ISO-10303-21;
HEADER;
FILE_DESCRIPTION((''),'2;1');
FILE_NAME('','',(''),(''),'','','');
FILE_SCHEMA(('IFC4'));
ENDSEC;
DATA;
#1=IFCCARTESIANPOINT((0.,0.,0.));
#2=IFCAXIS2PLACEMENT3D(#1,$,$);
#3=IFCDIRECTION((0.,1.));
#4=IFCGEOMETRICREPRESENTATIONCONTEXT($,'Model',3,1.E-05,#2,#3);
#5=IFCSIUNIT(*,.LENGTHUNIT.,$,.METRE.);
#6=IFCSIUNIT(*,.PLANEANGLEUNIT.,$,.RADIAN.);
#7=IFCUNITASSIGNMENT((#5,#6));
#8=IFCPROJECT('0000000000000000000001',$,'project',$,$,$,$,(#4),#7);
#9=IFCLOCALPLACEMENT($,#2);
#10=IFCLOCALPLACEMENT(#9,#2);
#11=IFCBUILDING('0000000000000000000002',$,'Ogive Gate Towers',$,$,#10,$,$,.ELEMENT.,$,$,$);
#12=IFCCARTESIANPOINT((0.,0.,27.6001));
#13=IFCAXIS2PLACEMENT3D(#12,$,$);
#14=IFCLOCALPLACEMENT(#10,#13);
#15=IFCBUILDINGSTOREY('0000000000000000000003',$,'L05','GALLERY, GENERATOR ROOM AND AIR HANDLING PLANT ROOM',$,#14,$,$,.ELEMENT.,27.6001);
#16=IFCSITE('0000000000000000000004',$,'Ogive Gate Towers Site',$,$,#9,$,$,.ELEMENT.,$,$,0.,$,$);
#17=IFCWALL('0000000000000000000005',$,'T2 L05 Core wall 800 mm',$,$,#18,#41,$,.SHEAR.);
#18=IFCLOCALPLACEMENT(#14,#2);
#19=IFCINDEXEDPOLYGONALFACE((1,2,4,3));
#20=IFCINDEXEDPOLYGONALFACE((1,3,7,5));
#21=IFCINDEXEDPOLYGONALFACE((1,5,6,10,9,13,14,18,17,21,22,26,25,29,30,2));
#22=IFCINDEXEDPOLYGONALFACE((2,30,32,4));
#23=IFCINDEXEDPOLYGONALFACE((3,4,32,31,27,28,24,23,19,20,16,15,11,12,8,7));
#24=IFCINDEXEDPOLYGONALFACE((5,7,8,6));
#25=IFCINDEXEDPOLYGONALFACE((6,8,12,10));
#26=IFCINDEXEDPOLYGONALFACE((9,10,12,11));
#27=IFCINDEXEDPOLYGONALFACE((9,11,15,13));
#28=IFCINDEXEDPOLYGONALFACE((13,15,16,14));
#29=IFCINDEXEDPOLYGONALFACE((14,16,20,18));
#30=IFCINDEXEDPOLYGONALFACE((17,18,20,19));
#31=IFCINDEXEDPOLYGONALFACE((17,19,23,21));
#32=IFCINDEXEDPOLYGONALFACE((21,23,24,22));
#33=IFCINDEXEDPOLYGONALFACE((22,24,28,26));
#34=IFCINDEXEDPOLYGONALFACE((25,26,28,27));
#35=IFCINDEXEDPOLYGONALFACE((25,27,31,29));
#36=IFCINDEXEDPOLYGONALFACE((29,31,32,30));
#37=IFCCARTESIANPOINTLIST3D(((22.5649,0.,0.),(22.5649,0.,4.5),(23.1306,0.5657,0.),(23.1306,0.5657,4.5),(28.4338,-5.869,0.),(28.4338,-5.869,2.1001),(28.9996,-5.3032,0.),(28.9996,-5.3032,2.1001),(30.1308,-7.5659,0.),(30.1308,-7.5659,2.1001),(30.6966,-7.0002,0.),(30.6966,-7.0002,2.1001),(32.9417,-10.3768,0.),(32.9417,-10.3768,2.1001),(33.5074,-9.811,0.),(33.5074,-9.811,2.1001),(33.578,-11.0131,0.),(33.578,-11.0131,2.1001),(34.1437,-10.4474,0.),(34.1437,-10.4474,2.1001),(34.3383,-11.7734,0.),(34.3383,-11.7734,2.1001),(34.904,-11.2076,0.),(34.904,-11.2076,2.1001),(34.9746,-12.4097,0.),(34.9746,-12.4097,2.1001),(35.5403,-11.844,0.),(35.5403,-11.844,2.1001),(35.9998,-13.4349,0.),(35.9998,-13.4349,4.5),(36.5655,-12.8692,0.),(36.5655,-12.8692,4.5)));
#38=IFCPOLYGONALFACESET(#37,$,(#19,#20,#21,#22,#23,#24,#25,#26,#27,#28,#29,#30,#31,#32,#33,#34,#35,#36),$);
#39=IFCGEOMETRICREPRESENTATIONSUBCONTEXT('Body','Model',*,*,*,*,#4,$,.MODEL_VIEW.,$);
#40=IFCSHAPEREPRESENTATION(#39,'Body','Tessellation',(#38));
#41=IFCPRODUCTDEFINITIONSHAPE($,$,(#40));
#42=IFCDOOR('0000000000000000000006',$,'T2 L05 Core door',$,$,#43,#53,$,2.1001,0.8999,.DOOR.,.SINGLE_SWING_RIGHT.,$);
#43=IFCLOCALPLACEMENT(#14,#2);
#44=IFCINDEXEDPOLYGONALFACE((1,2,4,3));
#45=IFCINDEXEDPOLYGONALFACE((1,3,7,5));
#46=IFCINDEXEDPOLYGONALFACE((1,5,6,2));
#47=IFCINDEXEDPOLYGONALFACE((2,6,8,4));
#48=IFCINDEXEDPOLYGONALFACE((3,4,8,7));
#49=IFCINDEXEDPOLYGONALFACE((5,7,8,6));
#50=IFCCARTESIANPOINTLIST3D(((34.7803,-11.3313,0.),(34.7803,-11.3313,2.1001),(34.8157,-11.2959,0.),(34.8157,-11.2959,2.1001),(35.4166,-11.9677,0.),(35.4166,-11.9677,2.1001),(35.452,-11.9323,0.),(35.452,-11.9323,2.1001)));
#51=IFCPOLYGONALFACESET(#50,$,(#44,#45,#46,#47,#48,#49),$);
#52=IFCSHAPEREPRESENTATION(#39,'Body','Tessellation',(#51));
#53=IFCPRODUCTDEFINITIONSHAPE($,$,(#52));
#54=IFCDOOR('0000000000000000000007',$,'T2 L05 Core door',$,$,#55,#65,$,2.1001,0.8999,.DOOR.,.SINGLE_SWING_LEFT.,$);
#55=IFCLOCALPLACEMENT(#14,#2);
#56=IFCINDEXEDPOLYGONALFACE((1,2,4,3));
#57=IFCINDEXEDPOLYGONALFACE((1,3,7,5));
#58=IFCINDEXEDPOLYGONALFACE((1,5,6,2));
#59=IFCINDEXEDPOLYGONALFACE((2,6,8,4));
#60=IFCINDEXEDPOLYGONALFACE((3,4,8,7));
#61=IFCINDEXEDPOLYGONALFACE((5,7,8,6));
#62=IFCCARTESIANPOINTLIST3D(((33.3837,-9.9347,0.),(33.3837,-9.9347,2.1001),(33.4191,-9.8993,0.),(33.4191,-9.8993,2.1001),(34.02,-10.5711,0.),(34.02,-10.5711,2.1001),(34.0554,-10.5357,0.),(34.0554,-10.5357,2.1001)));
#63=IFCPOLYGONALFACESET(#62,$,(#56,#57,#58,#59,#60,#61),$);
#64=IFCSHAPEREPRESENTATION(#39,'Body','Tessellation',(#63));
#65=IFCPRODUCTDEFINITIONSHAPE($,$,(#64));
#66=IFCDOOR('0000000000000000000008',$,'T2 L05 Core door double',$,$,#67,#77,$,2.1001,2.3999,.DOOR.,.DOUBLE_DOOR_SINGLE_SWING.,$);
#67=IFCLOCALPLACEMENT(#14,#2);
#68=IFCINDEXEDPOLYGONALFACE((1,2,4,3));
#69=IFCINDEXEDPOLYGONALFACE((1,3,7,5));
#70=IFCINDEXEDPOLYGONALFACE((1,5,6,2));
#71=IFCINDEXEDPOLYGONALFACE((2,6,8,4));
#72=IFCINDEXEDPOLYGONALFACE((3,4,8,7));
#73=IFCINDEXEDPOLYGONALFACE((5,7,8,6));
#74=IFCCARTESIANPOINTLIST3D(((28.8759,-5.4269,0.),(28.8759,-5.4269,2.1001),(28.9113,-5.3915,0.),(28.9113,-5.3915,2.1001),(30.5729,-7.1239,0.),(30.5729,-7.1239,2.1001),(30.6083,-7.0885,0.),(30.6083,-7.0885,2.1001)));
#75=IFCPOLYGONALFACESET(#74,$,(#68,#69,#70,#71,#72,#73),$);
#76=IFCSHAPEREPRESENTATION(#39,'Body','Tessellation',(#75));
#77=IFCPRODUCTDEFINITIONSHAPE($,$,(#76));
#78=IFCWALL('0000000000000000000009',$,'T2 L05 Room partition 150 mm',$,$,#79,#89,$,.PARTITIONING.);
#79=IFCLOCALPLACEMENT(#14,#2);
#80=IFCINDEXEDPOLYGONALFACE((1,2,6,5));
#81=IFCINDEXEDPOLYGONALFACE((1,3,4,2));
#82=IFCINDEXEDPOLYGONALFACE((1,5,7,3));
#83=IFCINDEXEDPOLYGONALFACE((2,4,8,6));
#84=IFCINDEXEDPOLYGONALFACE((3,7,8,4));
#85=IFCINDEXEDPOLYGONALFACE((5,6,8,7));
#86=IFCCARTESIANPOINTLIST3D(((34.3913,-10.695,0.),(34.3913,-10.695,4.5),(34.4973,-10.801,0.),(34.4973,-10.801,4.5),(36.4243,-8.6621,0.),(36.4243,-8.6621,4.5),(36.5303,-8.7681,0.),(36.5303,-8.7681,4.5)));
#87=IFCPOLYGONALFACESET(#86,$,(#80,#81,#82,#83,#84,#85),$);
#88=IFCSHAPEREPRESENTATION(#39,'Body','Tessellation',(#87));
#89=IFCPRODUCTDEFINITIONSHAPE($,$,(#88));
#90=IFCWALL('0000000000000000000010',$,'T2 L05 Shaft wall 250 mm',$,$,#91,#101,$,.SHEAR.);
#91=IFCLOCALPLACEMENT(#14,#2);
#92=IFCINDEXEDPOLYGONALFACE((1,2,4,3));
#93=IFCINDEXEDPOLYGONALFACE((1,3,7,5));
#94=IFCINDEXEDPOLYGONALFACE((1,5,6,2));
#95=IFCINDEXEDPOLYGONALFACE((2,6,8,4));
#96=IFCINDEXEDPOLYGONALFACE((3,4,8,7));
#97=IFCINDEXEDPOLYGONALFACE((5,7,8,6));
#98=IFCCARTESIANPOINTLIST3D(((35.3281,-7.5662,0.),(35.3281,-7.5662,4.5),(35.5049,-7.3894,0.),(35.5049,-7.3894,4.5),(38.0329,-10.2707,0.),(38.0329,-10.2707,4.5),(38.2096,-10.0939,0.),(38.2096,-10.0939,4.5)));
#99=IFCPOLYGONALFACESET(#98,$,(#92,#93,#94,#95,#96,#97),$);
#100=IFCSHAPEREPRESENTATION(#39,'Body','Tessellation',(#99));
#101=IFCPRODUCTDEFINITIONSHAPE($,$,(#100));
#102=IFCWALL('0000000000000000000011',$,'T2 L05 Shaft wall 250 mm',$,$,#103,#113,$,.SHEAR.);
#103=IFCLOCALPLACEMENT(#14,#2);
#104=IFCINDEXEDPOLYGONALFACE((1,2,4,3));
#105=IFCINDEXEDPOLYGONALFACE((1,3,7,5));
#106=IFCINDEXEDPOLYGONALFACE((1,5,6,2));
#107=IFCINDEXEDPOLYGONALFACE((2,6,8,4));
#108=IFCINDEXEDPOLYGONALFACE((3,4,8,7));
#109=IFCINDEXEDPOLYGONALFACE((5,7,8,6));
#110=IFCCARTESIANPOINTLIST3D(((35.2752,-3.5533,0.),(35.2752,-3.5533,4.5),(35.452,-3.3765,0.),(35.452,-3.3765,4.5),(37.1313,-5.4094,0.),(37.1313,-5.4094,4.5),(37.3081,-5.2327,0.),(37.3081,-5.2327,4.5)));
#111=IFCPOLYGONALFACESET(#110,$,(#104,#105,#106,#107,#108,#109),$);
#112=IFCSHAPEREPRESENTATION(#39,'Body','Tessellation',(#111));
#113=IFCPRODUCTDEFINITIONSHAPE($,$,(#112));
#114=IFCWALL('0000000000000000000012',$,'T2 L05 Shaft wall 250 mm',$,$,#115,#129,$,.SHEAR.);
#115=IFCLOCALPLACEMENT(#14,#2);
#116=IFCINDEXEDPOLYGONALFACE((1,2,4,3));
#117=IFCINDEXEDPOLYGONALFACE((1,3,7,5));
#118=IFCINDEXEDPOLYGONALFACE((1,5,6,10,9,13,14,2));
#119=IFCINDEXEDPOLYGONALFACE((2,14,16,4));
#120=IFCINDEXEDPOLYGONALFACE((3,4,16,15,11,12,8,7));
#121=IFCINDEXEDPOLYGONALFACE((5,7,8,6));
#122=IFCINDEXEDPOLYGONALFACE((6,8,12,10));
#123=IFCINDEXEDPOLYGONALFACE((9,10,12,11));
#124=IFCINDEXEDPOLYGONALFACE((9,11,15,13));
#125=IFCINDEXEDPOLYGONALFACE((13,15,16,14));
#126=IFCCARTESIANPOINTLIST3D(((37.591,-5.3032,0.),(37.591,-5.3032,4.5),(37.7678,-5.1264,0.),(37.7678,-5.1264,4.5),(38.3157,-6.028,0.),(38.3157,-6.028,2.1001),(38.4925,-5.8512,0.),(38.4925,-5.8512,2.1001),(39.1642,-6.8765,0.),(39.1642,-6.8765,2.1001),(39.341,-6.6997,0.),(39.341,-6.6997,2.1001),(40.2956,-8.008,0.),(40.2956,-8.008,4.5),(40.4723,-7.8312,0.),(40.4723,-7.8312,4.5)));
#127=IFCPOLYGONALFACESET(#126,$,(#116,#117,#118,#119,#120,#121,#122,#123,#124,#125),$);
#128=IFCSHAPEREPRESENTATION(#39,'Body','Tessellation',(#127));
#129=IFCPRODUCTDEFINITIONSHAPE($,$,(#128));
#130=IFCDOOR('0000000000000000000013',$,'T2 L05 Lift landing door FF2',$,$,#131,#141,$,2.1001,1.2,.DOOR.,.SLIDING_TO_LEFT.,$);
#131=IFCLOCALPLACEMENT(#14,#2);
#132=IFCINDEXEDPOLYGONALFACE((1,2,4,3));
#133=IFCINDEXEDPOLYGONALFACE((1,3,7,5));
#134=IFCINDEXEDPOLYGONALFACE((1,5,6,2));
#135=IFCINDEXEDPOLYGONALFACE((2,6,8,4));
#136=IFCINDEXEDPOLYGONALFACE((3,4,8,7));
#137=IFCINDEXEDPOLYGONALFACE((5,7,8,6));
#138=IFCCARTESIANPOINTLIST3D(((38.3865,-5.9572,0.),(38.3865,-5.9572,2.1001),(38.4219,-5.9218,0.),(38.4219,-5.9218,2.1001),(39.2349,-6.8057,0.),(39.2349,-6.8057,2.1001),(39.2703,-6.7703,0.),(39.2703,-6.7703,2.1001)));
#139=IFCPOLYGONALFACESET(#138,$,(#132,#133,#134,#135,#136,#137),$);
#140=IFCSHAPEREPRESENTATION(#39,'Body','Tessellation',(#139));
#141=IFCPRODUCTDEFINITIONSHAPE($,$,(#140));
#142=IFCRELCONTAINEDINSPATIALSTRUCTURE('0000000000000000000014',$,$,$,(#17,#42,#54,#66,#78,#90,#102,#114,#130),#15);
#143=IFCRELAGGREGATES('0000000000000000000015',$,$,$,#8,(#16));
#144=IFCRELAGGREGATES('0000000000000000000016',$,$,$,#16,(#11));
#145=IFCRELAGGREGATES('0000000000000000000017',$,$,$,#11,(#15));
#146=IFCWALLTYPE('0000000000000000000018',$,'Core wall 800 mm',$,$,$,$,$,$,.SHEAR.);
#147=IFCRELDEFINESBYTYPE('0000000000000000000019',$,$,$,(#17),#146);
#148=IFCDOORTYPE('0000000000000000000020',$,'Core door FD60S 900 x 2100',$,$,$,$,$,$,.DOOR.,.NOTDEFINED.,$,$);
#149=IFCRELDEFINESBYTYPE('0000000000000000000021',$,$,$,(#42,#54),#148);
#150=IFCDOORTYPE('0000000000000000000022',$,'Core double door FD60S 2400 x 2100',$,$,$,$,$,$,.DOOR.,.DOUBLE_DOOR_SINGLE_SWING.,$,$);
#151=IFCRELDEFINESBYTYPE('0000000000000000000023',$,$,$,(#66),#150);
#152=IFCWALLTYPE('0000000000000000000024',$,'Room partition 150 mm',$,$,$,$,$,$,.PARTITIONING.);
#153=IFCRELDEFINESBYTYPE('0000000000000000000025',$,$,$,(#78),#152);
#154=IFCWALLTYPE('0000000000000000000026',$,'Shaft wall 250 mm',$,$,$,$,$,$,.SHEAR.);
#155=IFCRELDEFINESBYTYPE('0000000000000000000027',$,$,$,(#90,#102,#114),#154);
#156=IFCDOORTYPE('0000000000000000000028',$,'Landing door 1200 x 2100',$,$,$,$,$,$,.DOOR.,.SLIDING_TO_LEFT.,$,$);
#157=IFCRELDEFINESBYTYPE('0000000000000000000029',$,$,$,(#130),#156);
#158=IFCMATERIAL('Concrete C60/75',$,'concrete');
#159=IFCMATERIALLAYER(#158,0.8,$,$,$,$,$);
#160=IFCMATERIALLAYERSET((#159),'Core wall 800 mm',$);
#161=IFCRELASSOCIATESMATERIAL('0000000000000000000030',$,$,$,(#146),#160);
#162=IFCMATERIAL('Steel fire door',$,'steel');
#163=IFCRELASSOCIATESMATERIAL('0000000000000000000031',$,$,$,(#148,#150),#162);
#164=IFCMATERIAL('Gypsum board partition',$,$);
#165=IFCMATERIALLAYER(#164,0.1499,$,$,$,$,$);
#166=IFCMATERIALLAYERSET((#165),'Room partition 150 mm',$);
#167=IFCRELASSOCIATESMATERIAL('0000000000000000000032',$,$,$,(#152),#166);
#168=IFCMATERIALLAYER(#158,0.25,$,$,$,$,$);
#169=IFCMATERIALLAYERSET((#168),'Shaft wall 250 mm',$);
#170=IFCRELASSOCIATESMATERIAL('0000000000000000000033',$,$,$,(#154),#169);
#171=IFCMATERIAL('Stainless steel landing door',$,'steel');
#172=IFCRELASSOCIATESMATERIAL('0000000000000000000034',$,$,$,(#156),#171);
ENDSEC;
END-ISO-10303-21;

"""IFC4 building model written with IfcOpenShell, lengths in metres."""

from ifc_helpers import new_model, si_unit, direction, frame, frame_2d, origin, place, context, subcontext, project, spatial, rectangle, extrude, material, layer, layer_set, type_object, element, fill, save


model = new_model("IFC4")

# Units and contexts
model_context = context("Model", 3, precision=1e-05, world=origin(), true_north=direction((0.0, 1.0)))
body_context = subcontext(model_context, "Body", "Model", "MODEL_VIEW")
ifc_project = project(units=[si_unit("LENGTHUNIT", "METRE"), si_unit("PLANEANGLEUNIT", "RADIAN")], contexts=[model_context])

# Site, building, storey
site_placement = place(None, origin())
site = spatial("IfcSite", under=ifc_project, at=site_placement, Name="Ogive Gate Towers Site", CompositionType="ELEMENT", RefElevation=0.0)
building_placement = place(site_placement, origin())
building = spatial("IfcBuilding", under=site, at=building_placement, Name="Ogive Gate Towers", CompositionType="ELEMENT")
storey_placement = place(building_placement, frame((0.0, 0.0, 27.6001)))
storey = spatial("IfcBuildingStorey", under=building, at=storey_placement, Name="L05", Description="GALLERY, GENERATOR ROOM AND AIR HANDLING PLANT ROOM", CompositionType="ELEMENT", Elevation=27.6001)

# Shared definitions
ifc_material_1 = material(Name="Steel fire door", Category="steel")
ifc_material_2 = material(Name="Concrete C60/75", Category="concrete")
ifc_layer_1 = layer(ifc_material_2, 0.8)
ifc_layer_set_1 = layer_set([ifc_layer_1], Name="Core wall 800 mm")
wall_type_1 = type_object("IfcWallType", Name="Core wall 800 mm", PredefinedType="SHEAR", material=ifc_layer_set_1)

# Wall, openings, doors
wall_1_placement = place(storey_placement, frame((36.2827, -13.1521, 0.0), z_axis=(0.0, 0.0, 1.0), x_axis=(-0.707107, 0.707107, 0.0)))
wall_1 = element("IfcWall", 1, at=wall_1_placement, inside=storey, type_object=wall_type_1, Name="T2 L05 Core wall 800 mm", PredefinedType="SHEAR", context=body_context, shape_type="SweptSolid", body=[
    extrude(rectangle(XDim=18.9998, YDim=0.8, at=frame_2d((9.5, 0.0))), origin(), (0.0, 0.0, 1.0), 4.5),
])
opening_1_placement = place(wall_1_placement, frame((8.3, 0.0, 0.0)))
opening_1 = element("IfcOpeningElement", 2, at=opening_1_placement, cuts=wall_1, PredefinedType="OPENING", context=body_context, shape_type="SweptSolid", body=[
    extrude(rectangle(XDim=2.3999, YDim=2.1001, at=frame_2d((1.2, 1.05))), frame((0.0, 0.4102, 0.0), z_axis=(0.0, -1.0, 0.0), x_axis=(1.0, 0.0, 0.0)), (0.0, 0.0, 1.0), 0.8201),
])
opening_2_placement = place(wall_1_placement, frame((1.45, 0.0, 0.0)))
opening_2 = element("IfcOpeningElement", 3, at=opening_2_placement, cuts=wall_1, PredefinedType="OPENING", context=body_context, shape_type="SweptSolid", body=[
    extrude(rectangle(XDim=0.8999, YDim=2.1001, at=frame_2d((0.45, 1.05))), frame((0.0, 0.4102, 0.0), z_axis=(0.0, -1.0, 0.0), x_axis=(1.0, 0.0, 0.0)), (0.0, 0.0, 1.0), 0.8201),
])
opening_3_placement = place(wall_1_placement, frame((3.425, 0.0, 0.0)))
opening_3 = element("IfcOpeningElement", 4, at=opening_3_placement, cuts=wall_1, PredefinedType="OPENING", context=body_context, shape_type="SweptSolid", body=[
    extrude(rectangle(XDim=0.8999, YDim=2.1001, at=frame_2d((0.45, 1.05))), frame((0.0, 0.4102, 0.0), z_axis=(0.0, -1.0, 0.0), x_axis=(1.0, 0.0, 0.0)), (0.0, 0.0, 1.0), 0.8201),
])
door_type_1 = type_object("IfcDoorType", Name="Core door FD60S 900 x 2100", OperationType="NOTDEFINED", PredefinedType="DOOR", material=ifc_material_1)
door_1_placement = place(opening_2_placement, origin())
door_1 = element("IfcDoor", 5, at=door_1_placement, inside=storey, type_object=door_type_1, Name="T2 L05 Core door", OperationType="SINGLE_SWING_RIGHT", OverallHeight=2.1001, OverallWidth=0.8999, PredefinedType="DOOR", context=body_context, shape_type="SweptSolid", body=[
    extrude(rectangle(XDim=0.8999, YDim=2.1001, at=frame_2d((0.45, 1.05))), frame((0.0, -0.2251, 0.0), z_axis=(0.0, -1.0, 0.0), x_axis=(1.0, 0.0, 0.0)), (0.0, 0.0, 1.0), 0.05),
])
fill(opening_2, door_1)
door_2_placement = place(opening_3_placement, origin())
door_2 = element("IfcDoor", 6, at=door_2_placement, inside=storey, type_object=door_type_1, Name="T2 L05 Core door", OperationType="SINGLE_SWING_LEFT", OverallHeight=2.1001, OverallWidth=0.8999, PredefinedType="DOOR", context=body_context, shape_type="SweptSolid", body=[
    extrude(rectangle(XDim=0.8999, YDim=2.1001, at=frame_2d((0.45, 1.05))), frame((0.0, -0.2251, 0.0), z_axis=(0.0, -1.0, 0.0), x_axis=(1.0, 0.0, 0.0)), (0.0, 0.0, 1.0), 0.05),
])
fill(opening_3, door_2)
door_type_2 = type_object("IfcDoorType", Name="Core double door FD60S 2400 x 2100", OperationType="DOUBLE_DOOR_SINGLE_SWING", PredefinedType="DOOR", material=ifc_material_1)
door_3_placement = place(opening_1_placement, origin())
door_3 = element("IfcDoor", 7, at=door_3_placement, inside=storey, type_object=door_type_2, Name="T2 L05 Core door double", OperationType="DOUBLE_DOOR_SINGLE_SWING", OverallHeight=2.1001, OverallWidth=2.3999, PredefinedType="DOOR", context=body_context, shape_type="SweptSolid", body=[
    extrude(rectangle(XDim=2.3999, YDim=2.1001, at=frame_2d((1.2, 1.05))), frame((0.0, -0.2251, 0.0), z_axis=(0.0, -1.0, 0.0), x_axis=(1.0, 0.0, 0.0)), (0.0, 0.0, 1.0), 0.05),
])
fill(opening_1, door_3)

# Walls
ifc_material_3 = material(Name="Gypsum board partition")
ifc_layer_2 = layer(ifc_material_3, 0.1499)
ifc_layer_set_2 = layer_set([ifc_layer_2], Name="Room partition 150 mm")
wall_type_2 = type_object("IfcWallType", Name="Room partition 150 mm", PredefinedType="PARTITIONING", material=ifc_layer_set_2)
wall_2_placement = place(storey_placement, frame((34.4443, -10.748, 0.0), z_axis=(0.0, 0.0, 1.0), x_axis=(0.707107, 0.707107, 0.0)))
element("IfcWall", 8, at=wall_2_placement, inside=storey, type_object=wall_type_2, Name="T2 L05 Room partition 150 mm", PredefinedType="PARTITIONING", context=body_context, shape_type="SweptSolid", body=[
    extrude(rectangle(XDim=2.875, YDim=0.1499, at=frame_2d((1.4375, 0.0))), origin(), (0.0, 0.0, 1.0), 4.5),
])
ifc_layer_3 = layer(ifc_material_2, 0.25)
ifc_layer_set_3 = layer_set([ifc_layer_3], Name="Shaft wall 250 mm")
wall_type_3 = type_object("IfcWallType", Name="Shaft wall 250 mm", PredefinedType="SHEAR", material=ifc_layer_set_3)
wall_3_placement = place(storey_placement, frame((38.1213, -10.1824, 0.0), z_axis=(0.0, 0.0, 1.0), x_axis=(-0.707139, 0.707075, 0.0)))
element("IfcWall", 9, at=wall_3_placement, inside=storey, type_object=wall_type_3, Name="T2 L05 Shaft wall 250 mm", PredefinedType="SHEAR", context=body_context, shape_type="SweptSolid", body=[
    extrude(rectangle(XDim=3.825, YDim=0.25, at=frame_2d((1.9126, 0.0))), origin(), (0.0, 0.0, 1.0), 4.5),
])
wall_4_placement = place(storey_placement, frame((37.2197, -5.321, 0.0), z_axis=(0.0, 0.0, 1.0), x_axis=(-0.707107, 0.707107, 0.0)))
element("IfcWall", 10, at=wall_4_placement, inside=storey, type_object=wall_type_3, Name="T2 L05 Shaft wall 250 mm", PredefinedType="SHEAR", context=body_context, shape_type="SweptSolid", body=[
    extrude(rectangle(XDim=2.625, YDim=0.25, at=frame_2d((1.3125, 0.0))), origin(), (0.0, 0.0, 1.0), 4.5),
])

# Wall, opening, door
wall_5_placement = place(storey_placement, frame((40.384, -7.9197, 0.0), z_axis=(0.0, 0.0, 1.0), x_axis=(-0.707075, 0.707139, 0.0)))
wall_5 = element("IfcWall", 11, at=wall_5_placement, inside=storey, type_object=wall_type_3, Name="T2 L05 Shaft wall 250 mm", PredefinedType="SHEAR", context=body_context, shape_type="SweptSolid", body=[
    extrude(rectangle(XDim=3.825, YDim=0.25, at=frame_2d((1.9126, 0.0))), origin(), (0.0, 0.0, 1.0), 4.5),
])
opening_4_placement = place(wall_5_placement, frame((1.6001, 0.0, 0.0)))
opening_4 = element("IfcOpeningElement", 12, at=opening_4_placement, cuts=wall_5, PredefinedType="OPENING", context=body_context, shape_type="SweptSolid", body=[
    extrude(rectangle(XDim=1.2, YDim=2.1001, at=frame_2d((0.6001, 1.05))), frame((0.0, 0.135, 0.0), z_axis=(0.0, -1.0, 0.0), x_axis=(1.0, 0.0, 0.0)), (0.0, 0.0, 1.0), 0.27),
])
ifc_material_4 = material(Name="Stainless steel landing door", Category="steel")
door_type_3 = type_object("IfcDoorType", Name="Landing door 1200 x 2100", OperationType="SLIDING_TO_LEFT", PredefinedType="DOOR", material=ifc_material_4)
door_4_placement = place(opening_4_placement, origin())
door_4 = element("IfcDoor", 13, at=door_4_placement, inside=storey, type_object=door_type_3, Name="T2 L05 Lift landing door FF2", OperationType="SLIDING_TO_LEFT", OverallHeight=2.1001, OverallWidth=1.2, PredefinedType="DOOR", context=body_context, shape_type="SweptSolid", body=[
    extrude(rectangle(XDim=1.2, YDim=2.1001, at=frame_2d((0.6001, 1.05))), frame((0.0, 0.0249, 0.0), z_axis=(0.0, -1.0, 0.0), x_axis=(1.0, 0.0, 0.0)), (0.0, 0.0, 1.0), 0.05),
])
fill(opening_4, door_4)

save(model, "model.ifc")
